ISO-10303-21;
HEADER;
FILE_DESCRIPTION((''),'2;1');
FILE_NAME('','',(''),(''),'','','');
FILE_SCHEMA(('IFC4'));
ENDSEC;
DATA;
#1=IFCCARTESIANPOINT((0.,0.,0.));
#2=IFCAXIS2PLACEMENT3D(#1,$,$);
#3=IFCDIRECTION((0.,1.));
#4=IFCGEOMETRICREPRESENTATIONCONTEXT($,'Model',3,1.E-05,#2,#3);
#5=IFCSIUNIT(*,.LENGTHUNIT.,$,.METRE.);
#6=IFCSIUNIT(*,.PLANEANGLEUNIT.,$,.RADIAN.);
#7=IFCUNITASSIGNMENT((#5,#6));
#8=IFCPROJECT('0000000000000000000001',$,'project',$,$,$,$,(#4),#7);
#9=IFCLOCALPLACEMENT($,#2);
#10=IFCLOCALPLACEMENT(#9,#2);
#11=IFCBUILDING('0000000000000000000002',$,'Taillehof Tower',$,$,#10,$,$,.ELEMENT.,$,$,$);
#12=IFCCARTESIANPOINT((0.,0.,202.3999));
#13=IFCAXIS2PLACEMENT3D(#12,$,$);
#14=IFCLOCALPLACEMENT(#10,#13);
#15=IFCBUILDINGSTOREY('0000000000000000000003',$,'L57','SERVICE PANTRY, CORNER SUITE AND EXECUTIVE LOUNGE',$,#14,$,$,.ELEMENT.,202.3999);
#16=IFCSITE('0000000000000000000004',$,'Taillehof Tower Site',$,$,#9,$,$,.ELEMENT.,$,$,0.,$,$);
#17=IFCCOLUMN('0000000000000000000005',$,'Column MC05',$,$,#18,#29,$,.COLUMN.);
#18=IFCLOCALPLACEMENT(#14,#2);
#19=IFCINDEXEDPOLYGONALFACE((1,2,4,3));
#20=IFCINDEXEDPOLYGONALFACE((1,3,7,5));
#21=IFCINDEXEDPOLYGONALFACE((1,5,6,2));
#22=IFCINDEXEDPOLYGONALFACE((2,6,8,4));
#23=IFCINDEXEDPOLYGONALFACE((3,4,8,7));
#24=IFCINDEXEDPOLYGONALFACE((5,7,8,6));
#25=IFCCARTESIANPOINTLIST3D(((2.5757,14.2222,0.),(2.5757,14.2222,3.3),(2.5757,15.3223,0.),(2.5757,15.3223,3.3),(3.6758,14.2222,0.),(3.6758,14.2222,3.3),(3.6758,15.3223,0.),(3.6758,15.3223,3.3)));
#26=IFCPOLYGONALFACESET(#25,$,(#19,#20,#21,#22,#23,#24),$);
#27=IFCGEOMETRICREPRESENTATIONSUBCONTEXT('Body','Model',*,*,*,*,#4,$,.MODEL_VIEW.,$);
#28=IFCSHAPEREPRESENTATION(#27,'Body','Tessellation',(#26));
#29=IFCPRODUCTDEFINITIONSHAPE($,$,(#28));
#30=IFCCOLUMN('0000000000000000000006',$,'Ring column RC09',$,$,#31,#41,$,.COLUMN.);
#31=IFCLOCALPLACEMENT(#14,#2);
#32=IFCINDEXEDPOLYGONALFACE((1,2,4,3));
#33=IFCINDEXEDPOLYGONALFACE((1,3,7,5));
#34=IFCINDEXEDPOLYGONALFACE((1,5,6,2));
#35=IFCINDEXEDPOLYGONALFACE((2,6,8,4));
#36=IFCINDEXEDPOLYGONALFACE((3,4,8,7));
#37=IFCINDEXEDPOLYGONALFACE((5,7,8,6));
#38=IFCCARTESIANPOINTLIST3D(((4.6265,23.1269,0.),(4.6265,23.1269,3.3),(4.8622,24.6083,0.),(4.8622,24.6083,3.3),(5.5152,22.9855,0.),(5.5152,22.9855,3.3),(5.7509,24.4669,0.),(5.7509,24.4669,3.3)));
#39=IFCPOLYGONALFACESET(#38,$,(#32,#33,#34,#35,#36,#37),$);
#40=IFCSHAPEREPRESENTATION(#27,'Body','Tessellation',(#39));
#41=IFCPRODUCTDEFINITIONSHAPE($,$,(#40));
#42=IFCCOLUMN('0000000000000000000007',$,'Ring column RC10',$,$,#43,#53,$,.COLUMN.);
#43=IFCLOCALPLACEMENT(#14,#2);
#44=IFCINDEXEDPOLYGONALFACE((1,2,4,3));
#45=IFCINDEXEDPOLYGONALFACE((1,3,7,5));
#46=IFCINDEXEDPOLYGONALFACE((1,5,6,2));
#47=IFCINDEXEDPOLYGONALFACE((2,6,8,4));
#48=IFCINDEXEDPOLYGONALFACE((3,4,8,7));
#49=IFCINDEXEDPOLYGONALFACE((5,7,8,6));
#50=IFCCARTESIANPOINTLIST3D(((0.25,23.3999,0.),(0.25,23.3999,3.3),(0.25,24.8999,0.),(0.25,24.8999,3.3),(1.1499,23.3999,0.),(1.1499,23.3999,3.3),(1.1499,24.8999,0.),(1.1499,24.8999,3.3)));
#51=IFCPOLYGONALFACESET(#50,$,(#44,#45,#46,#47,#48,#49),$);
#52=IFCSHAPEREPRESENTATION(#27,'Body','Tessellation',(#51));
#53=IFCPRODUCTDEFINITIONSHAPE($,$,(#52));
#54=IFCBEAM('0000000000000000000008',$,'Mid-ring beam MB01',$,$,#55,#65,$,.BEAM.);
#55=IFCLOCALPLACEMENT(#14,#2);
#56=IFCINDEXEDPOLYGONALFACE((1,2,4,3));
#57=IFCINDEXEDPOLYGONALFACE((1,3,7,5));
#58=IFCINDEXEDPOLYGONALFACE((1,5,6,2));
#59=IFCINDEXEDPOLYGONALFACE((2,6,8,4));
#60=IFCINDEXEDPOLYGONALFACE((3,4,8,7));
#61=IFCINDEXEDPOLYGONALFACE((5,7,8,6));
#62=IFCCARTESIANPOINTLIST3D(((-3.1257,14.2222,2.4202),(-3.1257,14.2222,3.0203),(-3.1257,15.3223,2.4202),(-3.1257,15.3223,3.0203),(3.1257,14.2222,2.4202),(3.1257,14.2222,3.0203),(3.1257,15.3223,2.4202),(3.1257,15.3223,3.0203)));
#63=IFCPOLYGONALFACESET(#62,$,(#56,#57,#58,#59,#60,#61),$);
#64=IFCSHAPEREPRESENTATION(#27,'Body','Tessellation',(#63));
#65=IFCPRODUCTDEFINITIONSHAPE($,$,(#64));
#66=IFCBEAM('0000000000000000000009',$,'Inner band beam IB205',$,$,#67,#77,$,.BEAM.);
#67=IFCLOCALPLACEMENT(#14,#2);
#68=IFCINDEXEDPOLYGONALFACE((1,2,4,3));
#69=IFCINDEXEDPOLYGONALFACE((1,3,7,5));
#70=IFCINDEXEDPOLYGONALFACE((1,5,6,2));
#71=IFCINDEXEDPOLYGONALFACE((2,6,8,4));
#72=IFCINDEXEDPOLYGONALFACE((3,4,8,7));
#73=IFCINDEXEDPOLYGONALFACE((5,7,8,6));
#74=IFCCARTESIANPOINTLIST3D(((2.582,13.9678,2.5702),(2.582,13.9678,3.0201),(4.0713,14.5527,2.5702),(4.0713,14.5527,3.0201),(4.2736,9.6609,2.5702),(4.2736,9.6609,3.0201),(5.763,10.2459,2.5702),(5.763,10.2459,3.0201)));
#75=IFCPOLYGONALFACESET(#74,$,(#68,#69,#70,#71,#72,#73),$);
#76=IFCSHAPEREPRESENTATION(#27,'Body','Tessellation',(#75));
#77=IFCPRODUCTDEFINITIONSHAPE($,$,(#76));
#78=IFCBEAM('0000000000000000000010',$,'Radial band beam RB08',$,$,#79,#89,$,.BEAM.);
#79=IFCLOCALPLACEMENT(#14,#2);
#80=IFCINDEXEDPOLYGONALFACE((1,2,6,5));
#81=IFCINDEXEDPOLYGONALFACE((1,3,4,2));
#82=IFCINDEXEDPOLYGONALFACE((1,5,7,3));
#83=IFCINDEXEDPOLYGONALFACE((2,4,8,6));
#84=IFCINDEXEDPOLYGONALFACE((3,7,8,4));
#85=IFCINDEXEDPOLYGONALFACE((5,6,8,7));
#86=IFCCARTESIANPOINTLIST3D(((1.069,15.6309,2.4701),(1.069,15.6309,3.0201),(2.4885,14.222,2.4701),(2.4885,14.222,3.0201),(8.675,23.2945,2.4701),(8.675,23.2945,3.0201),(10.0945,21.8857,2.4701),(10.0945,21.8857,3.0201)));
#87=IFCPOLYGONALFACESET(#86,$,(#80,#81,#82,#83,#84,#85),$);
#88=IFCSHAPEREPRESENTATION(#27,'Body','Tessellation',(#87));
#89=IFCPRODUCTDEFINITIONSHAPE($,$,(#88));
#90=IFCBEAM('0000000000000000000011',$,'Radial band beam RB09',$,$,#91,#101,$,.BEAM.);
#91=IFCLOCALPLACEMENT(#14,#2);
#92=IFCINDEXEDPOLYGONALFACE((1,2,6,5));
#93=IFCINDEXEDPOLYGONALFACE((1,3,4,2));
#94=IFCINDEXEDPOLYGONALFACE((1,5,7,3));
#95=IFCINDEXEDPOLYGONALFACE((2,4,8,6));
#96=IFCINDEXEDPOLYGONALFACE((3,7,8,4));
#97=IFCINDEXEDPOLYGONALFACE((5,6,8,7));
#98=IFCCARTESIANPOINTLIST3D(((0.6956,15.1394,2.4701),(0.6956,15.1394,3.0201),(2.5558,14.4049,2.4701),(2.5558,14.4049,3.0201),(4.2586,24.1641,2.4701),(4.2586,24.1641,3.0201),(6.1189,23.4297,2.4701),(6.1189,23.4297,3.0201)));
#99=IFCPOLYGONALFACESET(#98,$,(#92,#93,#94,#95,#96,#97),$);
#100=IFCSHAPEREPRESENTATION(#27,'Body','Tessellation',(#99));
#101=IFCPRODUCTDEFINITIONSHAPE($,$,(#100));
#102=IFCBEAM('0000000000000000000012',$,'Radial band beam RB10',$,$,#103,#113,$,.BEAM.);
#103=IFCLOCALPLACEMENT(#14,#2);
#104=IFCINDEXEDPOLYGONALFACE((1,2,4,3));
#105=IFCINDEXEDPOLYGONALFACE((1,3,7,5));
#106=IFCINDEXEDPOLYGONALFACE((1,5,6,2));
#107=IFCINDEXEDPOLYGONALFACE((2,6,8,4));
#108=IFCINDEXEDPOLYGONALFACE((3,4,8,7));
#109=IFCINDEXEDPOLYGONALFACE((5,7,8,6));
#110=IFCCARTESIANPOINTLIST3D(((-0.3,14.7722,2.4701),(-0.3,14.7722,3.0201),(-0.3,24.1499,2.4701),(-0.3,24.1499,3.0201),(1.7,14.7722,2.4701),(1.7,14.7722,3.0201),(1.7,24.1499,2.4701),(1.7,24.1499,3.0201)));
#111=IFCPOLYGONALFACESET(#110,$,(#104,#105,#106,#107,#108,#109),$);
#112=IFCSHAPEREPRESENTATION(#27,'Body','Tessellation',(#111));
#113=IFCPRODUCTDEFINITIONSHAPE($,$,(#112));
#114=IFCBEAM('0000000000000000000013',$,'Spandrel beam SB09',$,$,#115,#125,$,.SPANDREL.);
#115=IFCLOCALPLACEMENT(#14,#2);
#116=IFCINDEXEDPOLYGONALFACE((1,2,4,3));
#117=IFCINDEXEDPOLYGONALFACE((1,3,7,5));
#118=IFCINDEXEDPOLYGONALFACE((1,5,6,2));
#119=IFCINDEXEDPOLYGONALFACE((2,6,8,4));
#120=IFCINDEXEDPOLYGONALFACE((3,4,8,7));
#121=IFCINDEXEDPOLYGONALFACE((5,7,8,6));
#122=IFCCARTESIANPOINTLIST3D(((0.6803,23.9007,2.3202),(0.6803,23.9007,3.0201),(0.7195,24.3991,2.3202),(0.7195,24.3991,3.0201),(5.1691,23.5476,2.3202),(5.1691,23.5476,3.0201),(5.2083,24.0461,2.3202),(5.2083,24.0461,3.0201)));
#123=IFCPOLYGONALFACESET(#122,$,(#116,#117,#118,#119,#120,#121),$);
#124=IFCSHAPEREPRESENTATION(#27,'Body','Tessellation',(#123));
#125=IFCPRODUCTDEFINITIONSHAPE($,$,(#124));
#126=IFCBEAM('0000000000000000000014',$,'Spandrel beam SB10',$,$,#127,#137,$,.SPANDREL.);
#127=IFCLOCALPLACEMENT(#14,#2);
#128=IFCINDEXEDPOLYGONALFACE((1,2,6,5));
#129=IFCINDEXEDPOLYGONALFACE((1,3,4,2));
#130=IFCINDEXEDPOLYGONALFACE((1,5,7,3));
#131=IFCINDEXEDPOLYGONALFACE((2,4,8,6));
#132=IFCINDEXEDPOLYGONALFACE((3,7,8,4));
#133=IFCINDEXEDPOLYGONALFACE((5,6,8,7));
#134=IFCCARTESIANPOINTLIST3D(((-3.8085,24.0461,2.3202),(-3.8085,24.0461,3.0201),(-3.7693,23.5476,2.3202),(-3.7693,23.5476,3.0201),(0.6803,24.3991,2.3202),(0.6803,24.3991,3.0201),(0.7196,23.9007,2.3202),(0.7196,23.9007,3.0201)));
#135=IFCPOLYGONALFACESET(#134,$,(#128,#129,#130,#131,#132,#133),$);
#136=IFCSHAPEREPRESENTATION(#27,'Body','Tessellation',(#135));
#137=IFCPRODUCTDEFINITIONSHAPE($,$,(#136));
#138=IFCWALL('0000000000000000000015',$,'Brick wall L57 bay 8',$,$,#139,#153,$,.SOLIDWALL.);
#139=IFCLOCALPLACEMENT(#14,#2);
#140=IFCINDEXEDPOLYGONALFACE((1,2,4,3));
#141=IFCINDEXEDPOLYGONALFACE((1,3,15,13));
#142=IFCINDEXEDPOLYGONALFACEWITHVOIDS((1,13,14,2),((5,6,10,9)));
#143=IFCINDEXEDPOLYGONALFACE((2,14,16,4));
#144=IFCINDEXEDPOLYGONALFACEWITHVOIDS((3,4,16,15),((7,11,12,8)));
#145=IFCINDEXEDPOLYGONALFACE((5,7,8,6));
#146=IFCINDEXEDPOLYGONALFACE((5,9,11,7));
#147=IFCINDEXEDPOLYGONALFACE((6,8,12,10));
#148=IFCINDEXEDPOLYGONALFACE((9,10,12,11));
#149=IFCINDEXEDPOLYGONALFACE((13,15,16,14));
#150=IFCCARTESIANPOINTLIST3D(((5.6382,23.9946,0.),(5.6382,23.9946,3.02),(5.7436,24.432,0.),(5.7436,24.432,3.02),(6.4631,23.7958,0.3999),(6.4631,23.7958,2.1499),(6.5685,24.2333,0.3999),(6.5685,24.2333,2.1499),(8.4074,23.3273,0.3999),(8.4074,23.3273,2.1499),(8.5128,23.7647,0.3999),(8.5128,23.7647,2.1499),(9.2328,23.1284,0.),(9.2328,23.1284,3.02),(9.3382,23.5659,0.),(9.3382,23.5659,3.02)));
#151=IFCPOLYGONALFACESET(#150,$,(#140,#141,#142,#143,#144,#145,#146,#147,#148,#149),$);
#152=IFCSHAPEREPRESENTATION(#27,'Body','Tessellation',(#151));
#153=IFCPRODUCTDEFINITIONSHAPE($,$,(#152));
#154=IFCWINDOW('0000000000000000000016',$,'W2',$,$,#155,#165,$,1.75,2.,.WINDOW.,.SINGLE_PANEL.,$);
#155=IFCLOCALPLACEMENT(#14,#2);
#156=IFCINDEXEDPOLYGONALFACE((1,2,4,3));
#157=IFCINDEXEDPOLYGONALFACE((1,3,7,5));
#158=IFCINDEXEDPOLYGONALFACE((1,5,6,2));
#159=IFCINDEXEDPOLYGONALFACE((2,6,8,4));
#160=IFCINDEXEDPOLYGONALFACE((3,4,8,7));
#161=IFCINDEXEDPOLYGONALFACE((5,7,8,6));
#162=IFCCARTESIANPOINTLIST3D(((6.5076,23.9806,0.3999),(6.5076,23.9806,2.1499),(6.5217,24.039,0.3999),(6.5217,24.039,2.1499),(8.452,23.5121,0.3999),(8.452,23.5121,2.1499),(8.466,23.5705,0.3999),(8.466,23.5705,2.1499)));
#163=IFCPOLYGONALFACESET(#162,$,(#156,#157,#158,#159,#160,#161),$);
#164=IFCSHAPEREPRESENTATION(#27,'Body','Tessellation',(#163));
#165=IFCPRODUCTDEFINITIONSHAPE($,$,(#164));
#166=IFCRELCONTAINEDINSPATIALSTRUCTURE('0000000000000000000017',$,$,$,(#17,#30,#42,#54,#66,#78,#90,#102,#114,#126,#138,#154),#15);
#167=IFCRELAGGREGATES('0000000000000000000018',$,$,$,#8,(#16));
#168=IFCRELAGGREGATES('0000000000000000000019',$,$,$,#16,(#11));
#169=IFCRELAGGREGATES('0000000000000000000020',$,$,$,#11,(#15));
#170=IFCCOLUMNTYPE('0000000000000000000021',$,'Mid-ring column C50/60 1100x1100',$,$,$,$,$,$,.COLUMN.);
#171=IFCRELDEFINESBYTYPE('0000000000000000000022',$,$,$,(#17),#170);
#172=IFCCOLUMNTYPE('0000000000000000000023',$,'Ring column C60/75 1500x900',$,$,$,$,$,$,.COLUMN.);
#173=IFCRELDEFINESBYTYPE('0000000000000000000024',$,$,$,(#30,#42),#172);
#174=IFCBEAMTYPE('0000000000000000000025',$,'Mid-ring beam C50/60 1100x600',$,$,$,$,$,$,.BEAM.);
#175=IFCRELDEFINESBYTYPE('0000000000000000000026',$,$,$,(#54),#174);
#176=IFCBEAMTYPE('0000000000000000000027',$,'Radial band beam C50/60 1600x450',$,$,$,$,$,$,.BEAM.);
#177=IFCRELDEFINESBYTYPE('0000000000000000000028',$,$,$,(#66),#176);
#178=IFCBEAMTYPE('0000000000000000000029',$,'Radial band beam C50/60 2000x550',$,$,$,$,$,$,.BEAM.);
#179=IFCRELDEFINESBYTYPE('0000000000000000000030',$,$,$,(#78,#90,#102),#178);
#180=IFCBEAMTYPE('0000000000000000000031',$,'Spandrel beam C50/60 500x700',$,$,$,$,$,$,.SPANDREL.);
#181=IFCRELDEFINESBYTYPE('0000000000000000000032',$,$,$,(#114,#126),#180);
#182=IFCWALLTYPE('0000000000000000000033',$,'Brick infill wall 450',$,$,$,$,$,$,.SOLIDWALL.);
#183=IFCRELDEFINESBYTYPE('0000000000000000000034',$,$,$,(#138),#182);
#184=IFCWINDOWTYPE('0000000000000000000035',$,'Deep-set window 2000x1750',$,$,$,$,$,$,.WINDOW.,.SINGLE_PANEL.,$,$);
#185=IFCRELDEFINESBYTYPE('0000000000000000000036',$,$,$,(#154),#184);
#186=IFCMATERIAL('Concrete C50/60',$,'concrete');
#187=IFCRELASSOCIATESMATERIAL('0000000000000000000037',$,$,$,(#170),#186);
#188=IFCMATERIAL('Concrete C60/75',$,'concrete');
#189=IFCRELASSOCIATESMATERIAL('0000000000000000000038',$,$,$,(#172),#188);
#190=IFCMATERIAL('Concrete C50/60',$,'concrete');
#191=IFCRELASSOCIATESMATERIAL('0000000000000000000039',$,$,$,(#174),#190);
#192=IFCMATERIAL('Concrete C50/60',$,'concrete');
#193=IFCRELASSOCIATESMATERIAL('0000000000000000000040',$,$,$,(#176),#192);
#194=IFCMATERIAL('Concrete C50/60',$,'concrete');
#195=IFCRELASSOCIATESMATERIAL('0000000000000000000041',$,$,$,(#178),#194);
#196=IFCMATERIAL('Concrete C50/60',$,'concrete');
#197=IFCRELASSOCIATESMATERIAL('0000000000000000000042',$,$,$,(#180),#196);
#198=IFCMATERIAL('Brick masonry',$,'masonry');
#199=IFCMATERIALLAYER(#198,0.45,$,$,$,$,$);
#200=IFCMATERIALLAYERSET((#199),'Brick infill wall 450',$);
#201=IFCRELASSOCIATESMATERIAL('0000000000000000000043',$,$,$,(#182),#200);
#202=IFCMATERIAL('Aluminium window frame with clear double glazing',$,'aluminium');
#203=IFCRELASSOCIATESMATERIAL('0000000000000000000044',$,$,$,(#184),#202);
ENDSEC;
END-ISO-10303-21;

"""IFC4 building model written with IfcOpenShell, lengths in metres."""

from ifc_helpers import new_model, si_unit, direction, frame, frame_2d, origin, origin_2d, place, context, subcontext, project, spatial, rectangle, extrude, material, layer, layer_set, material_profile, profile_set, type_object, element, fill, save


model = new_model("IFC4")

# Units and contexts
model_context = context("Model", 3, precision=1e-05, world=origin(), true_north=direction((0.0, 1.0)))
body_context = subcontext(model_context, "Body", "Model", "MODEL_VIEW")
ifc_project = project(units=[si_unit("LENGTHUNIT", "METRE"), si_unit("PLANEANGLEUNIT", "RADIAN")], contexts=[model_context])

# Site, building, storey
site_placement = place(None, origin())
site = spatial("IfcSite", under=ifc_project, at=site_placement, Name="Taillehof Tower Site", CompositionType="ELEMENT", RefElevation=0.0)
building_placement = place(site_placement, origin())
building = spatial("IfcBuilding", under=site, at=building_placement, Name="Taillehof Tower", CompositionType="ELEMENT")
storey_placement = place(building_placement, frame((0.0, 0.0, 202.3999)))
storey = spatial("IfcBuildingStorey", under=building, at=storey_placement, Name="L57", Description="SERVICE PANTRY, CORNER SUITE AND EXECUTIVE LOUNGE", CompositionType="ELEMENT", Elevation=202.3999)

# Columns
ifc_material_1 = material(Name="Concrete C50/60", Category="concrete")
ifc_material_profile_1 = material_profile(ifc_material_1, rectangle(XDim=1.1001, YDim=1.1001, at=origin_2d()), Name="RC 1100x1100")
ifc_profile_set_1 = profile_set([ifc_material_profile_1], Name="Concrete C50/60")
column_type_1 = type_object("IfcColumnType", Name="Mid-ring column C50/60 1100x1100", PredefinedType="COLUMN", material=ifc_profile_set_1)
column_placement = place(storey_placement, frame((3.1257, 14.7722, 0.0), z_axis=(0.0, 0.0, 1.0), x_axis=(1.0, 0.0, 0.0)))
element("IfcColumn", 1, at=column_placement, inside=storey, type_object=column_type_1, Name="Column MC05", PredefinedType="COLUMN", context=body_context, shape_type="SweptSolid", body=[
    extrude(rectangle(XDim=1.1001, YDim=1.1001, at=origin_2d()), origin(), (0.0, 0.0, 1.0), 3.3),
])
ifc_material_2 = material(Name="Concrete C60/75", Category="concrete")
ifc_material_profile_2 = material_profile(ifc_material_2, rectangle(XDim=1.5, YDim=0.8999, at=origin_2d()), Name="RC 1500x900")
ifc_profile_set_2 = profile_set([ifc_material_profile_2], Name="Concrete C60/75")
column_type_2 = type_object("IfcColumnType", Name="Ring column C60/75 1500x900", PredefinedType="COLUMN", material=ifc_profile_set_2)
for number, where, z_axis, x_axis, name in (
    (2, (5.1887, 23.7969, 0.0), (0.0, 0.0, 1.0), (0.157116, 0.98758, 0.0), "Ring column RC09"),
    (3, (0.7, 24.1499, 0.0), (0.0, 0.0, 1.0), (0.0, 1.0, 0.0), "Ring column RC10"),
):
    element("IfcColumn", number, at=place(storey_placement, frame(where, z_axis=z_axis, x_axis=x_axis)), inside=storey, type_object=column_type_2, Name=name, PredefinedType="COLUMN", context=body_context, shape_type="SweptSolid", body=[
        extrude(rectangle(XDim=1.5, YDim=0.8999, at=origin_2d()), origin(), (0.0, 0.0, 1.0), 3.3),
    ])

# Beams
ifc_material_3 = material(Name="Concrete C50/60", Category="concrete")
ifc_material_profile_3 = material_profile(ifc_material_3, rectangle(XDim=1.1001, YDim=0.6001, at=origin_2d()), Name="RC 1100x600")
ifc_profile_set_3 = profile_set([ifc_material_profile_3], Name="Concrete C50/60")
beam_type_1 = type_object("IfcBeamType", Name="Mid-ring beam C50/60 1100x600", PredefinedType="BEAM", material=ifc_profile_set_3)
beam_1_placement = place(storey_placement, frame((3.1257, 14.7722, 2.7202), z_axis=(-1.0, 0.0, 0.0), x_axis=(0.0, -1.0, 0.0)))
element("IfcBeam", 4, at=beam_1_placement, inside=storey, type_object=beam_type_1, Name="Mid-ring beam MB01", PredefinedType="BEAM", context=body_context, shape_type="SweptSolid", body=[
    extrude(rectangle(XDim=1.1001, YDim=0.6001, at=origin_2d()), origin(), (0.0, 0.0, 1.0), 6.2515),
])
ifc_material_4 = material(Name="Concrete C50/60", Category="concrete")
ifc_material_profile_4 = material_profile(ifc_material_4, rectangle(XDim=1.6001, YDim=0.45, at=origin_2d()), Name="RC 1600x450")
ifc_profile_set_4 = profile_set([ifc_material_profile_4], Name="Concrete C50/60")
beam_type_2 = type_object("IfcBeamType", Name="Radial band beam C50/60 1600x450", PredefinedType="BEAM", material=ifc_profile_set_4)
beam_2_placement = place(storey_placement, frame((3.3267, 14.2603, 2.7952), z_axis=(0.365589, -0.930777, 0.0), x_axis=(0.930777, 0.365589, 0.0)))
element("IfcBeam", 5, at=beam_2_placement, inside=storey, type_object=beam_type_2, Name="Inner band beam IB205", PredefinedType="BEAM", context=body_context, shape_type="SweptSolid", body=[
    extrude(rectangle(XDim=1.6001, YDim=0.45, at=origin_2d()), origin(), (0.0, 0.0, 1.0), 4.6272),
])
ifc_material_5 = material(Name="Concrete C50/60", Category="concrete")
ifc_material_profile_5 = material_profile(ifc_material_5, rectangle(XDim=2.0, YDim=0.55, at=origin_2d()), Name="RC 2000x550")
ifc_profile_set_5 = profile_set([ifc_material_profile_5], Name="Concrete C50/60")
beam_type_3 = type_object("IfcBeamType", Name="Radial band beam C50/60 2000x550", PredefinedType="BEAM", material=ifc_profile_set_5)
beam_3_placement = place(storey_placement, frame((9.3848, 22.5901, 2.7451), z_axis=(-0.704434, -0.70977, 0.0), x_axis=(0.70977, -0.704434, 0.0)))
element("IfcBeam", 6, at=beam_3_placement, inside=storey, type_object=beam_type_3, Name="Radial band beam RB08", PredefinedType="BEAM", context=body_context, shape_type="SweptSolid", body=[
    extrude(rectangle(XDim=2.0, YDim=0.55, at=origin_2d()), origin(), (0.0, 0.0, 1.0), 10.7974),
])
beam_4_placement = place(storey_placement, frame((5.1887, 23.7969, 2.7451), z_axis=(-0.367222, -0.930133, 0.0), x_axis=(0.930133, -0.367222, 0.0)))
element("IfcBeam", 7, at=beam_4_placement, inside=storey, type_object=beam_type_3, Name="Radial band beam RB09", PredefinedType="BEAM", context=body_context, shape_type="SweptSolid", body=[
    extrude(rectangle(XDim=2.0, YDim=0.55, at=origin_2d()), origin(), (0.0, 0.0, 1.0), 9.7026),
])
beam_5_placement = place(storey_placement, frame((0.7, 24.1499, 2.7451), z_axis=(0.0, -1.0, 0.0), x_axis=(1.0, 0.0, 0.0)))
element("IfcBeam", 8, at=beam_5_placement, inside=storey, type_object=beam_type_3, Name="Radial band beam RB10", PredefinedType="BEAM", context=body_context, shape_type="SweptSolid", body=[
    extrude(rectangle(XDim=2.0, YDim=0.55, at=origin_2d()), origin(), (0.0, 0.0, 1.0), 9.3777),
])
ifc_material_6 = material(Name="Concrete C50/60", Category="concrete")
ifc_material_profile_6 = material_profile(ifc_material_6, rectangle(XDim=0.5, YDim=0.7, at=origin_2d()), Name="RC 500x700")
ifc_profile_set_6 = profile_set([ifc_material_profile_6], Name="Concrete C50/60")
beam_type_4 = type_object("IfcBeamType", Name="Spandrel beam C50/60 500x700", PredefinedType="SPANDREL", material=ifc_profile_set_6)
for number, where, z_axis, x_axis, name in (
    (9, (5.1887, 23.7969, 2.6702), (-0.996922, 0.078405, 0.0), (-0.078405, -0.996922, 0.0), "Spandrel beam SB09"),
    (10, (0.7, 24.1499, 2.6702), (-0.996922, -0.078405, 0.0), (0.078405, -0.996922, 0.0), "Spandrel beam SB10"),
):
    element("IfcBeam", number, at=place(storey_placement, frame(where, z_axis=z_axis, x_axis=x_axis)), inside=storey, type_object=beam_type_4, Name=name, PredefinedType="SPANDREL", context=body_context, shape_type="SweptSolid", body=[
        extrude(rectangle(XDim=0.5, YDim=0.7, at=origin_2d()), origin(), (0.0, 0.0, 1.0), 4.5027),
    ])

# Wall, opening, window
ifc_material_7 = material(Name="Brick masonry", Category="masonry")
ifc_layer_1 = layer(ifc_material_7, 0.45)
ifc_layer_set_1 = layer_set([ifc_layer_1], Name="Brick infill wall 450")
wall_type_1 = type_object("IfcWallType", Name="Brick infill wall 450", PredefinedType="SOLIDWALL", material=ifc_layer_set_1)
wall_1_placement = place(storey_placement, frame((9.2854, 23.3472, 0.0), z_axis=(0.0, 0.0, 1.0), x_axis=(-0.972174, 0.234262, 0.0)))
wall_1 = element("IfcWall", 11, at=wall_1_placement, inside=storey, type_object=wall_type_1, Name="Brick wall L57 bay 8", PredefinedType="SOLIDWALL", context=body_context, shape_type="SweptSolid", body=[
    extrude(rectangle(XDim=3.6975, YDim=0.45, at=frame_2d((1.8486, 0.0))), origin(), (0.0, 0.0, 1.0), 3.02),
])
opening_1_placement = place(wall_1_placement, frame((0.8489, 0.0, 0.3999)))
opening_1 = element("IfcOpeningElement", 12, at=opening_1_placement, cuts=wall_1, PredefinedType="OPENING", context=body_context, shape_type="SweptSolid", body=[
    extrude(rectangle(XDim=2.0, YDim=1.75, at=frame_2d((1.0, 0.875))), frame((0.0, 0.2349, 0.0), z_axis=(0.0, -1.0, 0.0), x_axis=(1.0, 0.0, 0.0)), (0.0, 0.0, 1.0), 0.47),
])
ifc_material_8 = material(Name="Aluminium window frame with clear double glazing", Category="aluminium")
window_type = type_object("IfcWindowType", Name="Deep-set window 2000x1750", PartitioningType="SINGLE_PANEL", PredefinedType="WINDOW", material=ifc_material_8)
window_1_placement = place(opening_1_placement, origin())
window_1 = element("IfcWindow", 13, at=window_1_placement, inside=storey, type_object=window_type, Name="W2", OverallHeight=1.75, OverallWidth=2.0, PartitioningType="SINGLE_PANEL", PredefinedType="WINDOW", context=body_context, shape_type="SweptSolid", body=[
    extrude(rectangle(XDim=2.0, YDim=1.75, at=frame_2d((1.0, 0.875))), frame((0.0, 0.0349, 0.0), z_axis=(0.0, -1.0, 0.0), x_axis=(1.0, 0.0, 0.0)), (0.0, 0.0, 1.0), 0.0601),
])
fill(opening_1, window_1)

save(model, "model.ifc")
